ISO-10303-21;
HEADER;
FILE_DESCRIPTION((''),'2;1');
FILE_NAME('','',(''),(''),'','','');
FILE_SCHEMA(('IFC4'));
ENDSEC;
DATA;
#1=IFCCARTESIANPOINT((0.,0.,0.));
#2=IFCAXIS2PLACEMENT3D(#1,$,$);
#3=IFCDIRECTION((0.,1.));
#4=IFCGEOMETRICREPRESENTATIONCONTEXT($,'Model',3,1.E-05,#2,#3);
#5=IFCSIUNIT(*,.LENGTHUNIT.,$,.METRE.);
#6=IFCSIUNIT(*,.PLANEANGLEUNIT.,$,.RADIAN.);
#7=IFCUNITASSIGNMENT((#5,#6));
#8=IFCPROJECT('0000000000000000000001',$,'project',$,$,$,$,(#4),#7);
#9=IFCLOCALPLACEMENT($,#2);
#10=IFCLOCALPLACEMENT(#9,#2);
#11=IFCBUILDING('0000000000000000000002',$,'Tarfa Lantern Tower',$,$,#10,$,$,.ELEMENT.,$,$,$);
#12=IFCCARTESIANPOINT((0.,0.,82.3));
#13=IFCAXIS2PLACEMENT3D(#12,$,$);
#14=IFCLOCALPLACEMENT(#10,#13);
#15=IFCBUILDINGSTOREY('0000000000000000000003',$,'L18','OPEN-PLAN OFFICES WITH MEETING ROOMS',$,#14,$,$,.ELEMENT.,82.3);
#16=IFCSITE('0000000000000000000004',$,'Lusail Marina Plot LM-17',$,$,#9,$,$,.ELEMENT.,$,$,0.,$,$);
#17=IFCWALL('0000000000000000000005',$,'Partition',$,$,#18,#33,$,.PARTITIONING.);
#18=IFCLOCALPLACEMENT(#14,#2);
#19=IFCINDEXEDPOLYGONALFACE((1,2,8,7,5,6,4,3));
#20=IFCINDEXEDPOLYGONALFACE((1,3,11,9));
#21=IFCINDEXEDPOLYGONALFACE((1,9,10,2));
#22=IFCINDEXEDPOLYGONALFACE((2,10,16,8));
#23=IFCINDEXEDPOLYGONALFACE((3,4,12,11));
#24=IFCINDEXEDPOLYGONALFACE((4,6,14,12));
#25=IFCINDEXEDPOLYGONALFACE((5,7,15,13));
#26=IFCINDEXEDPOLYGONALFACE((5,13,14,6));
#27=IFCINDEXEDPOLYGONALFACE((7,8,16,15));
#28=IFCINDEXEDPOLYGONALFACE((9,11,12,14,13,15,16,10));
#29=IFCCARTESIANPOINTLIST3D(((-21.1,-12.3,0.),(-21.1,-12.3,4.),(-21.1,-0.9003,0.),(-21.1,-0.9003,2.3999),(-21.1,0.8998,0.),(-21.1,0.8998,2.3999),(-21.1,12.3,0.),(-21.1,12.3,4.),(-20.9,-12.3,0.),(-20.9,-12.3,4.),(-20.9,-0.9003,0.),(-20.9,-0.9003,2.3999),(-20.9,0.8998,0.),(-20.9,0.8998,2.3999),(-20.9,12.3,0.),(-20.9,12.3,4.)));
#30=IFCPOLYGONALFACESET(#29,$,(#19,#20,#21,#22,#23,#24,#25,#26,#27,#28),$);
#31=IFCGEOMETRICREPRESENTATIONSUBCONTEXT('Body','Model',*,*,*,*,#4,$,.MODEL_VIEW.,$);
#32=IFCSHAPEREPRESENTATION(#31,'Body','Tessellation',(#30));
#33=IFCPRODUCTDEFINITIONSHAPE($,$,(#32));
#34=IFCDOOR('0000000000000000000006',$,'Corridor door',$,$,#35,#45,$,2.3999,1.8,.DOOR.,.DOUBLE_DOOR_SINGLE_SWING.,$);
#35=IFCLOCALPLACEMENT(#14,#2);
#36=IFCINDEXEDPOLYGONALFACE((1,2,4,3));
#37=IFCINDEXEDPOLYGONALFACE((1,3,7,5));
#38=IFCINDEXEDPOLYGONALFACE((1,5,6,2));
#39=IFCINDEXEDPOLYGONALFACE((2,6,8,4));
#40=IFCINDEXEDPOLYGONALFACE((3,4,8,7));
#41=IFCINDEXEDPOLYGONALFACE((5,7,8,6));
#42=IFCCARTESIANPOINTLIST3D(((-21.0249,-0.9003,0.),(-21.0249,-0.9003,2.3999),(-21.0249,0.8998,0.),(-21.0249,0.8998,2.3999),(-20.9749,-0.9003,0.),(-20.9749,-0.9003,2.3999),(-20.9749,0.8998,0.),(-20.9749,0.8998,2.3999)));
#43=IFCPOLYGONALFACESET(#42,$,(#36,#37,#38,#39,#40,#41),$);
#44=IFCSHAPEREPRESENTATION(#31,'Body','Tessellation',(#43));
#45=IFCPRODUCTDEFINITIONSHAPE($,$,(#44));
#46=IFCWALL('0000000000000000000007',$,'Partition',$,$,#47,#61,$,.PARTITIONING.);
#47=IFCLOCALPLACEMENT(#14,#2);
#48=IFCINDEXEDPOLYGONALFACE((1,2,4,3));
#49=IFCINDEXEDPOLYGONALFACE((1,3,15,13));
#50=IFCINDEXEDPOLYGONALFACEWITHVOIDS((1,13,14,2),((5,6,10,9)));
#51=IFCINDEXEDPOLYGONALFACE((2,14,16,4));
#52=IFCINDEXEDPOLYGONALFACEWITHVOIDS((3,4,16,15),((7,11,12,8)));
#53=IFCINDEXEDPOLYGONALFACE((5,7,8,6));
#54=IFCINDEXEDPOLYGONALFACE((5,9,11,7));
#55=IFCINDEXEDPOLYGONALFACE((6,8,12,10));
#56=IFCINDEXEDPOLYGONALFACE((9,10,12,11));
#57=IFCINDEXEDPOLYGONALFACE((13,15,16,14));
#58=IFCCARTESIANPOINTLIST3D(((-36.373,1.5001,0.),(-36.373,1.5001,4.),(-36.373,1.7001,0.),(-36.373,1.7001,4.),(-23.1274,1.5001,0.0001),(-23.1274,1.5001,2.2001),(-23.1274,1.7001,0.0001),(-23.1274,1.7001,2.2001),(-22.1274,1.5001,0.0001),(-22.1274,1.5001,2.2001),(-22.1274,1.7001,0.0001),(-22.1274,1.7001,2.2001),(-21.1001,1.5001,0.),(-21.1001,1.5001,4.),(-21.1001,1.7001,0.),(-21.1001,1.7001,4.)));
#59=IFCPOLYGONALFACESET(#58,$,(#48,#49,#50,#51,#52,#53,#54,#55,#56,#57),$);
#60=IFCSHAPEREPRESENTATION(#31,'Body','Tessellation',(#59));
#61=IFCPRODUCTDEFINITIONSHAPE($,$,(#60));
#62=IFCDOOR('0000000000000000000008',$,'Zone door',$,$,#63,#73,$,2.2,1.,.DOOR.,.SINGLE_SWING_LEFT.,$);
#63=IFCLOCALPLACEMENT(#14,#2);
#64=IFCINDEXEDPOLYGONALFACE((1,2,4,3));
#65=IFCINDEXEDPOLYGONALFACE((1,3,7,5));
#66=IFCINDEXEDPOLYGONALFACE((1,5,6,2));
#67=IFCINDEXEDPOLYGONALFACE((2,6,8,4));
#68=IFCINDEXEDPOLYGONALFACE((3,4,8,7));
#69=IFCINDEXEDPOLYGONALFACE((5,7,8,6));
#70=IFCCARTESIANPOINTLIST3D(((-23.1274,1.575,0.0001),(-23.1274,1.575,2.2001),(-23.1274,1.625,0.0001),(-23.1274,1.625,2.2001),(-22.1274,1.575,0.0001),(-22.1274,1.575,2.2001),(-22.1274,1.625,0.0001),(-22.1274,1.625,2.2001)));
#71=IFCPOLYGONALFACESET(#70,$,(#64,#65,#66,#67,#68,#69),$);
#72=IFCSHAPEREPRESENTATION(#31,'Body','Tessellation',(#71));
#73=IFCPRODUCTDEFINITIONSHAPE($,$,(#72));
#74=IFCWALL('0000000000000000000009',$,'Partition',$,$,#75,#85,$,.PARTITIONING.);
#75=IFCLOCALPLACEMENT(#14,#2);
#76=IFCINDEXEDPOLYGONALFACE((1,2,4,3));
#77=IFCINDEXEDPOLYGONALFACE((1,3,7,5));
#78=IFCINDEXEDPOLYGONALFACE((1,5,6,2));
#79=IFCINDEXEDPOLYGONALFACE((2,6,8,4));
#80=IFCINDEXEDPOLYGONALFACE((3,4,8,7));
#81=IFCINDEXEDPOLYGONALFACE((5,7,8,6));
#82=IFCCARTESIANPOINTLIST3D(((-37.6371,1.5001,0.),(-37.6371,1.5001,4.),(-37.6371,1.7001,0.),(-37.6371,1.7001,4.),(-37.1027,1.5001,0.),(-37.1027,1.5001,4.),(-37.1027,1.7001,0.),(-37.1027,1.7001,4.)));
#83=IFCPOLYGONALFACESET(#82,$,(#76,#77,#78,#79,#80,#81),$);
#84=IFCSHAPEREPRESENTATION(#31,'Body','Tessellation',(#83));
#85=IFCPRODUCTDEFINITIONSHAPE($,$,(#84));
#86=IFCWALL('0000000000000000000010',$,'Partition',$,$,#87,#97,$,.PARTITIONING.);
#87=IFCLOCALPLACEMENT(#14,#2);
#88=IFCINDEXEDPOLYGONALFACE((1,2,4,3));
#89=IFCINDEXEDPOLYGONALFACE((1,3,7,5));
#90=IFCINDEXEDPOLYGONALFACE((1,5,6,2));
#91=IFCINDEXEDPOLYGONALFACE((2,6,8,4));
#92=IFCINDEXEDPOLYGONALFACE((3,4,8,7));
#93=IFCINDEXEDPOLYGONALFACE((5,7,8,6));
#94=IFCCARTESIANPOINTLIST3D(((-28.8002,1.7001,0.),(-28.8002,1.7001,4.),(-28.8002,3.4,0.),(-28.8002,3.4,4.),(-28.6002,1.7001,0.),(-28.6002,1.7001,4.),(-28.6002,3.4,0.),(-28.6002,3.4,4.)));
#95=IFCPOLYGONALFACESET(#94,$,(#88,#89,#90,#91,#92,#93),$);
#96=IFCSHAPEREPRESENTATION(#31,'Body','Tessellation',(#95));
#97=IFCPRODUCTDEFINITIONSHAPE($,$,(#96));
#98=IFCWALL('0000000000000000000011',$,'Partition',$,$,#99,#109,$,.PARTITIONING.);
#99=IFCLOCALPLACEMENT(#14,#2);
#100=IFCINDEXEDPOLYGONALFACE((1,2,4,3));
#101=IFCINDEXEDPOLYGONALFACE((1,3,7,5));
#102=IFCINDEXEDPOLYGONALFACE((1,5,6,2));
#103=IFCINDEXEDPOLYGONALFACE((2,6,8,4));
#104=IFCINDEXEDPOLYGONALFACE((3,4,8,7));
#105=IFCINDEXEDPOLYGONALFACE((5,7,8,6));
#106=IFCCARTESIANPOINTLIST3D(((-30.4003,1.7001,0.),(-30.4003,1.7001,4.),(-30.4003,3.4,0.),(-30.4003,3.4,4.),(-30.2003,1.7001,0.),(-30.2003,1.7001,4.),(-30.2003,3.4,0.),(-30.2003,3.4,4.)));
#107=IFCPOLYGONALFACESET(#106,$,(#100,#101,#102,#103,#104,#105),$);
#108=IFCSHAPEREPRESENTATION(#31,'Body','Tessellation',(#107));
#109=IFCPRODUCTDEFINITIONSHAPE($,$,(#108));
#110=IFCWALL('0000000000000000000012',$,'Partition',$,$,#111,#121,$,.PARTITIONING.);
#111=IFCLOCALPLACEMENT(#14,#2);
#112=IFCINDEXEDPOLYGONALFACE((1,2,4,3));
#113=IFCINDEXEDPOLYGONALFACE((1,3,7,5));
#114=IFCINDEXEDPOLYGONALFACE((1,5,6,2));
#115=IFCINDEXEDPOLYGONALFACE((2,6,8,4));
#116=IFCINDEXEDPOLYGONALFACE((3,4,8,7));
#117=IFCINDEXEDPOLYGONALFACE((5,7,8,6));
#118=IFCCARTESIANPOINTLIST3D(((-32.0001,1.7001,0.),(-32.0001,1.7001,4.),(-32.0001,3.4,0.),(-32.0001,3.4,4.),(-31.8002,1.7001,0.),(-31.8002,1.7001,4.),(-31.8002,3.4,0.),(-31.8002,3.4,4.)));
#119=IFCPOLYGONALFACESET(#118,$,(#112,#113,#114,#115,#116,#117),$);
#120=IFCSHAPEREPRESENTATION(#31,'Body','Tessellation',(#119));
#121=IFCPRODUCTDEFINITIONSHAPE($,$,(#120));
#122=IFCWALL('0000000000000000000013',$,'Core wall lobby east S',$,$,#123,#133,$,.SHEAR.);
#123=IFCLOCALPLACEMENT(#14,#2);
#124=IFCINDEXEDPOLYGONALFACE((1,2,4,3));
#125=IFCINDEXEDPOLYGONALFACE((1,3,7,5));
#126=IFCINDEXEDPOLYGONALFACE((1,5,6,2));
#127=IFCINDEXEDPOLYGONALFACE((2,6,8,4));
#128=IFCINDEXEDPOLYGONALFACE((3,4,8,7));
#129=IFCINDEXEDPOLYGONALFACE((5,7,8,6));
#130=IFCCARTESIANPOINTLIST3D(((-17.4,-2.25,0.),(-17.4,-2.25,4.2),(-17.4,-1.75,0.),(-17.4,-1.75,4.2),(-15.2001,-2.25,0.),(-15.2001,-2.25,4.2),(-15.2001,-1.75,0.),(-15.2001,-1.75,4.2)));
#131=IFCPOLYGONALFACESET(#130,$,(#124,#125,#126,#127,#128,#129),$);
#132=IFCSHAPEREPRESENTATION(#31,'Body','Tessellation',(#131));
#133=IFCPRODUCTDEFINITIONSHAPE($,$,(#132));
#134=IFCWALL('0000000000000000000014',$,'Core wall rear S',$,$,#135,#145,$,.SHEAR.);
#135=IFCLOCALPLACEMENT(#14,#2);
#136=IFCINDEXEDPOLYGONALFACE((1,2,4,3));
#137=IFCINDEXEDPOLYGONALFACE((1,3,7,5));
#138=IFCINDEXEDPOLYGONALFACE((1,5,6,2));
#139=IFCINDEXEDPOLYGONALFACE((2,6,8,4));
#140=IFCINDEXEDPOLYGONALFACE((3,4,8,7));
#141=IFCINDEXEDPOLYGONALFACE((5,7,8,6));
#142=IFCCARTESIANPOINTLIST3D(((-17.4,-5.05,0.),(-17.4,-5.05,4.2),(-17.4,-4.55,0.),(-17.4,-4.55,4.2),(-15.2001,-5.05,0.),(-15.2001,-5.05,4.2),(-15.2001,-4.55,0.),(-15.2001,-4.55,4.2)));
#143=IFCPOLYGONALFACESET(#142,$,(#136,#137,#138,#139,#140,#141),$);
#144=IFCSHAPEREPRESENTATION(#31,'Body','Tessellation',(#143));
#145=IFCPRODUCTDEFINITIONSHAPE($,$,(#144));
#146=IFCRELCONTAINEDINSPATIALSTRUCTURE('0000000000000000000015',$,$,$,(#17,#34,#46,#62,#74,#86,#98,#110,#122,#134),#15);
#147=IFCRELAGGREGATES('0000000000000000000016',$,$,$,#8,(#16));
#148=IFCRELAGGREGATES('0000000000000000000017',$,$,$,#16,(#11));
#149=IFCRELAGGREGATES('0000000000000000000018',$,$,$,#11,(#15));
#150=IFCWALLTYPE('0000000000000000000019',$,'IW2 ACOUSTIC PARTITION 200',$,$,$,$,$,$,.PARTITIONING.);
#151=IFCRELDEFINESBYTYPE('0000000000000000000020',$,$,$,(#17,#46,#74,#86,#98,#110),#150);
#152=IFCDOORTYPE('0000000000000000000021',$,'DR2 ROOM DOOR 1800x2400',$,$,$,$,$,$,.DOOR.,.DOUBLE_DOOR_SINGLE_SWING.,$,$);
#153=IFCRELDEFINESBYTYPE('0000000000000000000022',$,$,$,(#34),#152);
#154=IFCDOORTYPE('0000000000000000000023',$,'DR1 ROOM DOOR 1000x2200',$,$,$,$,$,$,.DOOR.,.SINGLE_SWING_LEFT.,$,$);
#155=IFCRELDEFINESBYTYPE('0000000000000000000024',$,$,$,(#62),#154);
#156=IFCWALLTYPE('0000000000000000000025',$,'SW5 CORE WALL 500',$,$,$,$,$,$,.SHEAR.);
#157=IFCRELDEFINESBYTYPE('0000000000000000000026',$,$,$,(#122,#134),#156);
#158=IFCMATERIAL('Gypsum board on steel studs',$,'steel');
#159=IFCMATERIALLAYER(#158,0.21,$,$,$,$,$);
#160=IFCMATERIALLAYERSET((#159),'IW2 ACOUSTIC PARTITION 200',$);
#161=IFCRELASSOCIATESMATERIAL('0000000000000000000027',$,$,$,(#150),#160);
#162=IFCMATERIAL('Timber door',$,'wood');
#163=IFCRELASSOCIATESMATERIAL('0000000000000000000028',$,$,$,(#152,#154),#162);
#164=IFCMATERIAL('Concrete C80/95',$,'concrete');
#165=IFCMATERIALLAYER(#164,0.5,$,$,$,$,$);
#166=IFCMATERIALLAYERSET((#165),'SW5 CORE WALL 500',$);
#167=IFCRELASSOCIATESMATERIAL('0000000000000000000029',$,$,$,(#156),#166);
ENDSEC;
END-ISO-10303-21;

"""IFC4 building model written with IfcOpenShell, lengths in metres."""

from ifc_helpers import new_model, si_unit, direction, frame, frame_2d, origin, place, context, subcontext, project, spatial, rectangle, extrude, material, layer, layer_set, type_object, element, fill, save


model = new_model("IFC4")

# Units and contexts
model_context = context("Model", 3, precision=1e-05, world=origin(), true_north=direction((0.0, 1.0)))
body_context = subcontext(model_context, "Body", "Model", "MODEL_VIEW")
ifc_project = project(units=[si_unit("LENGTHUNIT", "METRE"), si_unit("PLANEANGLEUNIT", "RADIAN")], contexts=[model_context])

# Site, building, storey
site_placement = place(None, origin())
site = spatial("IfcSite", under=ifc_project, at=site_placement, Name="Lusail Marina Plot LM-17", CompositionType="ELEMENT", RefElevation=0.0)
building_placement = place(site_placement, origin())
building = spatial("IfcBuilding", under=site, at=building_placement, Name="Tarfa Lantern Tower", CompositionType="ELEMENT")
storey_placement = place(building_placement, frame((0.0, 0.0, 82.3)))
storey = spatial("IfcBuildingStorey", under=building, at=storey_placement, Name="L18", Description="OPEN-PLAN OFFICES WITH MEETING ROOMS", CompositionType="ELEMENT", Elevation=82.3)

# Shared definitions
ifc_material_1 = material(Name="Concrete C80/95", Category="concrete")

# Shared definitions
ifc_material_2 = material(Name="Gypsum board on steel studs", Category="steel")
ifc_layer_1 = layer(ifc_material_2, 0.21)
ifc_layer_set_1 = layer_set([ifc_layer_1], Name="IW2 ACOUSTIC PARTITION 200")
wall_type_1 = type_object("IfcWallType", Name="IW2 ACOUSTIC PARTITION 200", PredefinedType="PARTITIONING", material=ifc_layer_set_1)

# Walls, openings, doors
wall_1_placement = place(storey_placement, frame((-21.0, -12.3, 0.0), z_axis=(0.0, 0.0, 1.0), x_axis=(0.0, 1.0, 0.0)))
wall_1 = element("IfcWall", 1, at=wall_1_placement, inside=storey, type_object=wall_type_1, Name="Partition", PredefinedType="PARTITIONING", context=body_context, shape_type="SweptSolid", body=[
    extrude(rectangle(XDim=24.6001, YDim=0.2, at=frame_2d((12.3, 0.0))), origin(), (0.0, 0.0, 1.0), 4.0),
])
opening_1_placement = place(wall_1_placement, frame((11.3999, 0.0, 0.0)))
opening_1 = element("IfcOpeningElement", 2, at=opening_1_placement, cuts=wall_1, PredefinedType="OPENING", context=body_context, shape_type="SweptSolid", body=[
    extrude(rectangle(XDim=1.8, YDim=2.3999, at=frame_2d((0.8999, 1.2))), frame((0.0, 0.1099, 0.0), z_axis=(0.0, -1.0, 0.0), x_axis=(1.0, 0.0, 0.0)), (0.0, 0.0, 1.0), 0.22),
])
ifc_material_3 = material(Name="Timber door", Category="wood")
door_type_1 = type_object("IfcDoorType", Name="DR2 ROOM DOOR 1800x2400", OperationType="DOUBLE_DOOR_SINGLE_SWING", PredefinedType="DOOR", material=ifc_material_3)
door_1_placement = place(opening_1_placement, origin())
door_1 = element("IfcDoor", 3, at=door_1_placement, inside=storey, type_object=door_type_1, Name="Corridor door", OperationType="DOUBLE_DOOR_SINGLE_SWING", OverallHeight=2.3999, OverallWidth=1.8, PredefinedType="DOOR", context=body_context, shape_type="SweptSolid", body=[
    extrude(rectangle(XDim=1.8, YDim=2.3999, at=frame_2d((0.8999, 1.2))), frame((0.0, 0.0249, 0.0), z_axis=(0.0, -1.0, 0.0), x_axis=(1.0, 0.0, 0.0)), (0.0, 0.0, 1.0), 0.05),
])
fill(opening_1, door_1)
wall_2_placement = place(storey_placement, frame((-21.1001, 1.6001, 0.0), z_axis=(0.0, 0.0, 1.0), x_axis=(-1.0, 0.0, 0.0)))
wall_2 = element("IfcWall", 4, at=wall_2_placement, inside=storey, type_object=wall_type_1, Name="Partition", PredefinedType="PARTITIONING", context=body_context, shape_type="SweptSolid", body=[
    extrude(rectangle(XDim=15.2729, YDim=0.2, at=frame_2d((7.6365, 0.0))), origin(), (0.0, 0.0, 1.0), 4.0),
])
opening_2_placement = place(wall_2_placement, frame((1.0273, 0.0, 0.0)))
opening_2 = element("IfcOpeningElement", 5, at=opening_2_placement, cuts=wall_2, PredefinedType="OPENING", context=body_context, shape_type="SweptSolid", body=[
    extrude(rectangle(XDim=1.0, YDim=2.2, at=frame_2d((0.5, 1.1001))), frame((0.0, 0.1099, 0.0), z_axis=(0.0, -1.0, 0.0), x_axis=(1.0, 0.0, 0.0)), (0.0, 0.0, 1.0), 0.22),
])
door_type_2 = type_object("IfcDoorType", Name="DR1 ROOM DOOR 1000x2200", OperationType="SINGLE_SWING_LEFT", PredefinedType="DOOR", material=ifc_material_3)
door_2_placement = place(opening_2_placement, frame((1.0, 0.0, 0.0), z_axis=(0.0, 0.0, 1.0), x_axis=(-1.0, 0.0, 0.0)))
door_2 = element("IfcDoor", 6, at=door_2_placement, inside=storey, type_object=door_type_2, Name="Zone door", OperationType="SINGLE_SWING_LEFT", OverallHeight=2.2, OverallWidth=1.0, PredefinedType="DOOR", context=body_context, shape_type="SweptSolid", body=[
    extrude(rectangle(XDim=1.0, YDim=2.2, at=frame_2d((0.5, 1.1001))), frame((0.0, 0.0249, 0.0), z_axis=(0.0, -1.0, 0.0), x_axis=(1.0, 0.0, 0.0)), (0.0, 0.0, 1.0), 0.05),
])
fill(opening_2, door_2)

# Walls
wall_3_placement = place(storey_placement, frame((-37.1028, 1.6001, 0.0), z_axis=(0.0, 0.0, 1.0), x_axis=(-1.0, 0.0, 0.0)))
element("IfcWall", 7, at=wall_3_placement, inside=storey, type_object=wall_type_1, Name="Partition", PredefinedType="PARTITIONING", context=body_context, shape_type="SweptSolid", body=[
    extrude(rectangle(XDim=0.5344, YDim=0.2, at=frame_2d((0.2671, 0.0))), origin(), (0.0, 0.0, 1.0), 4.0),
])
for number, where, z_axis, x_axis, name in (
    (8, (-28.7002, 1.7, 0.0), (0.0, 0.0, 1.0), (0.0, 1.0, 0.0), "Partition"),
    (9, (-30.3003, 1.7, 0.0), (0.0, 0.0, 1.0), (0.0, 1.0, 0.0), "Partition"),
    (10, (-31.9001, 1.7, 0.0), (0.0, 0.0, 1.0), (0.0, 1.0, 0.0), "Partition"),
):
    element("IfcWall", number, at=place(storey_placement, frame(where, z_axis=z_axis, x_axis=x_axis)), inside=storey, type_object=wall_type_1, Name=name, PredefinedType="PARTITIONING", context=body_context, shape_type="SweptSolid", body=[
        extrude(rectangle(XDim=1.7, YDim=0.2, at=frame_2d((0.8501, 0.0))), origin(), (0.0, 0.0, 1.0), 4.0),
    ])
ifc_layer_2 = layer(ifc_material_1, 0.5)
ifc_layer_set_2 = layer_set([ifc_layer_2], Name="SW5 CORE WALL 500")
wall_type_2 = type_object("IfcWallType", Name="SW5 CORE WALL 500", PredefinedType="SHEAR", material=ifc_layer_set_2)
for number, where, z_axis, x_axis, name in (
    (11, (-15.2, -2.0, 0.0), (0.0, 0.0, 1.0), (-1.0, 0.0, 0.0), "Core wall lobby east S"),
    (12, (-15.2, -4.8, 0.0), (0.0, 0.0, 1.0), (-1.0, 0.0, 0.0), "Core wall rear S"),
):
    element("IfcWall", number, at=place(storey_placement, frame(where, z_axis=z_axis, x_axis=x_axis)), inside=storey, type_object=wall_type_2, Name=name, PredefinedType="SHEAR", context=body_context, shape_type="SweptSolid", body=[
        extrude(rectangle(XDim=2.2, YDim=0.5, at=frame_2d((1.1001, 0.0))), origin(), (0.0, 0.0, 1.0), 4.2),
    ])

save(model, "model.ifc")
